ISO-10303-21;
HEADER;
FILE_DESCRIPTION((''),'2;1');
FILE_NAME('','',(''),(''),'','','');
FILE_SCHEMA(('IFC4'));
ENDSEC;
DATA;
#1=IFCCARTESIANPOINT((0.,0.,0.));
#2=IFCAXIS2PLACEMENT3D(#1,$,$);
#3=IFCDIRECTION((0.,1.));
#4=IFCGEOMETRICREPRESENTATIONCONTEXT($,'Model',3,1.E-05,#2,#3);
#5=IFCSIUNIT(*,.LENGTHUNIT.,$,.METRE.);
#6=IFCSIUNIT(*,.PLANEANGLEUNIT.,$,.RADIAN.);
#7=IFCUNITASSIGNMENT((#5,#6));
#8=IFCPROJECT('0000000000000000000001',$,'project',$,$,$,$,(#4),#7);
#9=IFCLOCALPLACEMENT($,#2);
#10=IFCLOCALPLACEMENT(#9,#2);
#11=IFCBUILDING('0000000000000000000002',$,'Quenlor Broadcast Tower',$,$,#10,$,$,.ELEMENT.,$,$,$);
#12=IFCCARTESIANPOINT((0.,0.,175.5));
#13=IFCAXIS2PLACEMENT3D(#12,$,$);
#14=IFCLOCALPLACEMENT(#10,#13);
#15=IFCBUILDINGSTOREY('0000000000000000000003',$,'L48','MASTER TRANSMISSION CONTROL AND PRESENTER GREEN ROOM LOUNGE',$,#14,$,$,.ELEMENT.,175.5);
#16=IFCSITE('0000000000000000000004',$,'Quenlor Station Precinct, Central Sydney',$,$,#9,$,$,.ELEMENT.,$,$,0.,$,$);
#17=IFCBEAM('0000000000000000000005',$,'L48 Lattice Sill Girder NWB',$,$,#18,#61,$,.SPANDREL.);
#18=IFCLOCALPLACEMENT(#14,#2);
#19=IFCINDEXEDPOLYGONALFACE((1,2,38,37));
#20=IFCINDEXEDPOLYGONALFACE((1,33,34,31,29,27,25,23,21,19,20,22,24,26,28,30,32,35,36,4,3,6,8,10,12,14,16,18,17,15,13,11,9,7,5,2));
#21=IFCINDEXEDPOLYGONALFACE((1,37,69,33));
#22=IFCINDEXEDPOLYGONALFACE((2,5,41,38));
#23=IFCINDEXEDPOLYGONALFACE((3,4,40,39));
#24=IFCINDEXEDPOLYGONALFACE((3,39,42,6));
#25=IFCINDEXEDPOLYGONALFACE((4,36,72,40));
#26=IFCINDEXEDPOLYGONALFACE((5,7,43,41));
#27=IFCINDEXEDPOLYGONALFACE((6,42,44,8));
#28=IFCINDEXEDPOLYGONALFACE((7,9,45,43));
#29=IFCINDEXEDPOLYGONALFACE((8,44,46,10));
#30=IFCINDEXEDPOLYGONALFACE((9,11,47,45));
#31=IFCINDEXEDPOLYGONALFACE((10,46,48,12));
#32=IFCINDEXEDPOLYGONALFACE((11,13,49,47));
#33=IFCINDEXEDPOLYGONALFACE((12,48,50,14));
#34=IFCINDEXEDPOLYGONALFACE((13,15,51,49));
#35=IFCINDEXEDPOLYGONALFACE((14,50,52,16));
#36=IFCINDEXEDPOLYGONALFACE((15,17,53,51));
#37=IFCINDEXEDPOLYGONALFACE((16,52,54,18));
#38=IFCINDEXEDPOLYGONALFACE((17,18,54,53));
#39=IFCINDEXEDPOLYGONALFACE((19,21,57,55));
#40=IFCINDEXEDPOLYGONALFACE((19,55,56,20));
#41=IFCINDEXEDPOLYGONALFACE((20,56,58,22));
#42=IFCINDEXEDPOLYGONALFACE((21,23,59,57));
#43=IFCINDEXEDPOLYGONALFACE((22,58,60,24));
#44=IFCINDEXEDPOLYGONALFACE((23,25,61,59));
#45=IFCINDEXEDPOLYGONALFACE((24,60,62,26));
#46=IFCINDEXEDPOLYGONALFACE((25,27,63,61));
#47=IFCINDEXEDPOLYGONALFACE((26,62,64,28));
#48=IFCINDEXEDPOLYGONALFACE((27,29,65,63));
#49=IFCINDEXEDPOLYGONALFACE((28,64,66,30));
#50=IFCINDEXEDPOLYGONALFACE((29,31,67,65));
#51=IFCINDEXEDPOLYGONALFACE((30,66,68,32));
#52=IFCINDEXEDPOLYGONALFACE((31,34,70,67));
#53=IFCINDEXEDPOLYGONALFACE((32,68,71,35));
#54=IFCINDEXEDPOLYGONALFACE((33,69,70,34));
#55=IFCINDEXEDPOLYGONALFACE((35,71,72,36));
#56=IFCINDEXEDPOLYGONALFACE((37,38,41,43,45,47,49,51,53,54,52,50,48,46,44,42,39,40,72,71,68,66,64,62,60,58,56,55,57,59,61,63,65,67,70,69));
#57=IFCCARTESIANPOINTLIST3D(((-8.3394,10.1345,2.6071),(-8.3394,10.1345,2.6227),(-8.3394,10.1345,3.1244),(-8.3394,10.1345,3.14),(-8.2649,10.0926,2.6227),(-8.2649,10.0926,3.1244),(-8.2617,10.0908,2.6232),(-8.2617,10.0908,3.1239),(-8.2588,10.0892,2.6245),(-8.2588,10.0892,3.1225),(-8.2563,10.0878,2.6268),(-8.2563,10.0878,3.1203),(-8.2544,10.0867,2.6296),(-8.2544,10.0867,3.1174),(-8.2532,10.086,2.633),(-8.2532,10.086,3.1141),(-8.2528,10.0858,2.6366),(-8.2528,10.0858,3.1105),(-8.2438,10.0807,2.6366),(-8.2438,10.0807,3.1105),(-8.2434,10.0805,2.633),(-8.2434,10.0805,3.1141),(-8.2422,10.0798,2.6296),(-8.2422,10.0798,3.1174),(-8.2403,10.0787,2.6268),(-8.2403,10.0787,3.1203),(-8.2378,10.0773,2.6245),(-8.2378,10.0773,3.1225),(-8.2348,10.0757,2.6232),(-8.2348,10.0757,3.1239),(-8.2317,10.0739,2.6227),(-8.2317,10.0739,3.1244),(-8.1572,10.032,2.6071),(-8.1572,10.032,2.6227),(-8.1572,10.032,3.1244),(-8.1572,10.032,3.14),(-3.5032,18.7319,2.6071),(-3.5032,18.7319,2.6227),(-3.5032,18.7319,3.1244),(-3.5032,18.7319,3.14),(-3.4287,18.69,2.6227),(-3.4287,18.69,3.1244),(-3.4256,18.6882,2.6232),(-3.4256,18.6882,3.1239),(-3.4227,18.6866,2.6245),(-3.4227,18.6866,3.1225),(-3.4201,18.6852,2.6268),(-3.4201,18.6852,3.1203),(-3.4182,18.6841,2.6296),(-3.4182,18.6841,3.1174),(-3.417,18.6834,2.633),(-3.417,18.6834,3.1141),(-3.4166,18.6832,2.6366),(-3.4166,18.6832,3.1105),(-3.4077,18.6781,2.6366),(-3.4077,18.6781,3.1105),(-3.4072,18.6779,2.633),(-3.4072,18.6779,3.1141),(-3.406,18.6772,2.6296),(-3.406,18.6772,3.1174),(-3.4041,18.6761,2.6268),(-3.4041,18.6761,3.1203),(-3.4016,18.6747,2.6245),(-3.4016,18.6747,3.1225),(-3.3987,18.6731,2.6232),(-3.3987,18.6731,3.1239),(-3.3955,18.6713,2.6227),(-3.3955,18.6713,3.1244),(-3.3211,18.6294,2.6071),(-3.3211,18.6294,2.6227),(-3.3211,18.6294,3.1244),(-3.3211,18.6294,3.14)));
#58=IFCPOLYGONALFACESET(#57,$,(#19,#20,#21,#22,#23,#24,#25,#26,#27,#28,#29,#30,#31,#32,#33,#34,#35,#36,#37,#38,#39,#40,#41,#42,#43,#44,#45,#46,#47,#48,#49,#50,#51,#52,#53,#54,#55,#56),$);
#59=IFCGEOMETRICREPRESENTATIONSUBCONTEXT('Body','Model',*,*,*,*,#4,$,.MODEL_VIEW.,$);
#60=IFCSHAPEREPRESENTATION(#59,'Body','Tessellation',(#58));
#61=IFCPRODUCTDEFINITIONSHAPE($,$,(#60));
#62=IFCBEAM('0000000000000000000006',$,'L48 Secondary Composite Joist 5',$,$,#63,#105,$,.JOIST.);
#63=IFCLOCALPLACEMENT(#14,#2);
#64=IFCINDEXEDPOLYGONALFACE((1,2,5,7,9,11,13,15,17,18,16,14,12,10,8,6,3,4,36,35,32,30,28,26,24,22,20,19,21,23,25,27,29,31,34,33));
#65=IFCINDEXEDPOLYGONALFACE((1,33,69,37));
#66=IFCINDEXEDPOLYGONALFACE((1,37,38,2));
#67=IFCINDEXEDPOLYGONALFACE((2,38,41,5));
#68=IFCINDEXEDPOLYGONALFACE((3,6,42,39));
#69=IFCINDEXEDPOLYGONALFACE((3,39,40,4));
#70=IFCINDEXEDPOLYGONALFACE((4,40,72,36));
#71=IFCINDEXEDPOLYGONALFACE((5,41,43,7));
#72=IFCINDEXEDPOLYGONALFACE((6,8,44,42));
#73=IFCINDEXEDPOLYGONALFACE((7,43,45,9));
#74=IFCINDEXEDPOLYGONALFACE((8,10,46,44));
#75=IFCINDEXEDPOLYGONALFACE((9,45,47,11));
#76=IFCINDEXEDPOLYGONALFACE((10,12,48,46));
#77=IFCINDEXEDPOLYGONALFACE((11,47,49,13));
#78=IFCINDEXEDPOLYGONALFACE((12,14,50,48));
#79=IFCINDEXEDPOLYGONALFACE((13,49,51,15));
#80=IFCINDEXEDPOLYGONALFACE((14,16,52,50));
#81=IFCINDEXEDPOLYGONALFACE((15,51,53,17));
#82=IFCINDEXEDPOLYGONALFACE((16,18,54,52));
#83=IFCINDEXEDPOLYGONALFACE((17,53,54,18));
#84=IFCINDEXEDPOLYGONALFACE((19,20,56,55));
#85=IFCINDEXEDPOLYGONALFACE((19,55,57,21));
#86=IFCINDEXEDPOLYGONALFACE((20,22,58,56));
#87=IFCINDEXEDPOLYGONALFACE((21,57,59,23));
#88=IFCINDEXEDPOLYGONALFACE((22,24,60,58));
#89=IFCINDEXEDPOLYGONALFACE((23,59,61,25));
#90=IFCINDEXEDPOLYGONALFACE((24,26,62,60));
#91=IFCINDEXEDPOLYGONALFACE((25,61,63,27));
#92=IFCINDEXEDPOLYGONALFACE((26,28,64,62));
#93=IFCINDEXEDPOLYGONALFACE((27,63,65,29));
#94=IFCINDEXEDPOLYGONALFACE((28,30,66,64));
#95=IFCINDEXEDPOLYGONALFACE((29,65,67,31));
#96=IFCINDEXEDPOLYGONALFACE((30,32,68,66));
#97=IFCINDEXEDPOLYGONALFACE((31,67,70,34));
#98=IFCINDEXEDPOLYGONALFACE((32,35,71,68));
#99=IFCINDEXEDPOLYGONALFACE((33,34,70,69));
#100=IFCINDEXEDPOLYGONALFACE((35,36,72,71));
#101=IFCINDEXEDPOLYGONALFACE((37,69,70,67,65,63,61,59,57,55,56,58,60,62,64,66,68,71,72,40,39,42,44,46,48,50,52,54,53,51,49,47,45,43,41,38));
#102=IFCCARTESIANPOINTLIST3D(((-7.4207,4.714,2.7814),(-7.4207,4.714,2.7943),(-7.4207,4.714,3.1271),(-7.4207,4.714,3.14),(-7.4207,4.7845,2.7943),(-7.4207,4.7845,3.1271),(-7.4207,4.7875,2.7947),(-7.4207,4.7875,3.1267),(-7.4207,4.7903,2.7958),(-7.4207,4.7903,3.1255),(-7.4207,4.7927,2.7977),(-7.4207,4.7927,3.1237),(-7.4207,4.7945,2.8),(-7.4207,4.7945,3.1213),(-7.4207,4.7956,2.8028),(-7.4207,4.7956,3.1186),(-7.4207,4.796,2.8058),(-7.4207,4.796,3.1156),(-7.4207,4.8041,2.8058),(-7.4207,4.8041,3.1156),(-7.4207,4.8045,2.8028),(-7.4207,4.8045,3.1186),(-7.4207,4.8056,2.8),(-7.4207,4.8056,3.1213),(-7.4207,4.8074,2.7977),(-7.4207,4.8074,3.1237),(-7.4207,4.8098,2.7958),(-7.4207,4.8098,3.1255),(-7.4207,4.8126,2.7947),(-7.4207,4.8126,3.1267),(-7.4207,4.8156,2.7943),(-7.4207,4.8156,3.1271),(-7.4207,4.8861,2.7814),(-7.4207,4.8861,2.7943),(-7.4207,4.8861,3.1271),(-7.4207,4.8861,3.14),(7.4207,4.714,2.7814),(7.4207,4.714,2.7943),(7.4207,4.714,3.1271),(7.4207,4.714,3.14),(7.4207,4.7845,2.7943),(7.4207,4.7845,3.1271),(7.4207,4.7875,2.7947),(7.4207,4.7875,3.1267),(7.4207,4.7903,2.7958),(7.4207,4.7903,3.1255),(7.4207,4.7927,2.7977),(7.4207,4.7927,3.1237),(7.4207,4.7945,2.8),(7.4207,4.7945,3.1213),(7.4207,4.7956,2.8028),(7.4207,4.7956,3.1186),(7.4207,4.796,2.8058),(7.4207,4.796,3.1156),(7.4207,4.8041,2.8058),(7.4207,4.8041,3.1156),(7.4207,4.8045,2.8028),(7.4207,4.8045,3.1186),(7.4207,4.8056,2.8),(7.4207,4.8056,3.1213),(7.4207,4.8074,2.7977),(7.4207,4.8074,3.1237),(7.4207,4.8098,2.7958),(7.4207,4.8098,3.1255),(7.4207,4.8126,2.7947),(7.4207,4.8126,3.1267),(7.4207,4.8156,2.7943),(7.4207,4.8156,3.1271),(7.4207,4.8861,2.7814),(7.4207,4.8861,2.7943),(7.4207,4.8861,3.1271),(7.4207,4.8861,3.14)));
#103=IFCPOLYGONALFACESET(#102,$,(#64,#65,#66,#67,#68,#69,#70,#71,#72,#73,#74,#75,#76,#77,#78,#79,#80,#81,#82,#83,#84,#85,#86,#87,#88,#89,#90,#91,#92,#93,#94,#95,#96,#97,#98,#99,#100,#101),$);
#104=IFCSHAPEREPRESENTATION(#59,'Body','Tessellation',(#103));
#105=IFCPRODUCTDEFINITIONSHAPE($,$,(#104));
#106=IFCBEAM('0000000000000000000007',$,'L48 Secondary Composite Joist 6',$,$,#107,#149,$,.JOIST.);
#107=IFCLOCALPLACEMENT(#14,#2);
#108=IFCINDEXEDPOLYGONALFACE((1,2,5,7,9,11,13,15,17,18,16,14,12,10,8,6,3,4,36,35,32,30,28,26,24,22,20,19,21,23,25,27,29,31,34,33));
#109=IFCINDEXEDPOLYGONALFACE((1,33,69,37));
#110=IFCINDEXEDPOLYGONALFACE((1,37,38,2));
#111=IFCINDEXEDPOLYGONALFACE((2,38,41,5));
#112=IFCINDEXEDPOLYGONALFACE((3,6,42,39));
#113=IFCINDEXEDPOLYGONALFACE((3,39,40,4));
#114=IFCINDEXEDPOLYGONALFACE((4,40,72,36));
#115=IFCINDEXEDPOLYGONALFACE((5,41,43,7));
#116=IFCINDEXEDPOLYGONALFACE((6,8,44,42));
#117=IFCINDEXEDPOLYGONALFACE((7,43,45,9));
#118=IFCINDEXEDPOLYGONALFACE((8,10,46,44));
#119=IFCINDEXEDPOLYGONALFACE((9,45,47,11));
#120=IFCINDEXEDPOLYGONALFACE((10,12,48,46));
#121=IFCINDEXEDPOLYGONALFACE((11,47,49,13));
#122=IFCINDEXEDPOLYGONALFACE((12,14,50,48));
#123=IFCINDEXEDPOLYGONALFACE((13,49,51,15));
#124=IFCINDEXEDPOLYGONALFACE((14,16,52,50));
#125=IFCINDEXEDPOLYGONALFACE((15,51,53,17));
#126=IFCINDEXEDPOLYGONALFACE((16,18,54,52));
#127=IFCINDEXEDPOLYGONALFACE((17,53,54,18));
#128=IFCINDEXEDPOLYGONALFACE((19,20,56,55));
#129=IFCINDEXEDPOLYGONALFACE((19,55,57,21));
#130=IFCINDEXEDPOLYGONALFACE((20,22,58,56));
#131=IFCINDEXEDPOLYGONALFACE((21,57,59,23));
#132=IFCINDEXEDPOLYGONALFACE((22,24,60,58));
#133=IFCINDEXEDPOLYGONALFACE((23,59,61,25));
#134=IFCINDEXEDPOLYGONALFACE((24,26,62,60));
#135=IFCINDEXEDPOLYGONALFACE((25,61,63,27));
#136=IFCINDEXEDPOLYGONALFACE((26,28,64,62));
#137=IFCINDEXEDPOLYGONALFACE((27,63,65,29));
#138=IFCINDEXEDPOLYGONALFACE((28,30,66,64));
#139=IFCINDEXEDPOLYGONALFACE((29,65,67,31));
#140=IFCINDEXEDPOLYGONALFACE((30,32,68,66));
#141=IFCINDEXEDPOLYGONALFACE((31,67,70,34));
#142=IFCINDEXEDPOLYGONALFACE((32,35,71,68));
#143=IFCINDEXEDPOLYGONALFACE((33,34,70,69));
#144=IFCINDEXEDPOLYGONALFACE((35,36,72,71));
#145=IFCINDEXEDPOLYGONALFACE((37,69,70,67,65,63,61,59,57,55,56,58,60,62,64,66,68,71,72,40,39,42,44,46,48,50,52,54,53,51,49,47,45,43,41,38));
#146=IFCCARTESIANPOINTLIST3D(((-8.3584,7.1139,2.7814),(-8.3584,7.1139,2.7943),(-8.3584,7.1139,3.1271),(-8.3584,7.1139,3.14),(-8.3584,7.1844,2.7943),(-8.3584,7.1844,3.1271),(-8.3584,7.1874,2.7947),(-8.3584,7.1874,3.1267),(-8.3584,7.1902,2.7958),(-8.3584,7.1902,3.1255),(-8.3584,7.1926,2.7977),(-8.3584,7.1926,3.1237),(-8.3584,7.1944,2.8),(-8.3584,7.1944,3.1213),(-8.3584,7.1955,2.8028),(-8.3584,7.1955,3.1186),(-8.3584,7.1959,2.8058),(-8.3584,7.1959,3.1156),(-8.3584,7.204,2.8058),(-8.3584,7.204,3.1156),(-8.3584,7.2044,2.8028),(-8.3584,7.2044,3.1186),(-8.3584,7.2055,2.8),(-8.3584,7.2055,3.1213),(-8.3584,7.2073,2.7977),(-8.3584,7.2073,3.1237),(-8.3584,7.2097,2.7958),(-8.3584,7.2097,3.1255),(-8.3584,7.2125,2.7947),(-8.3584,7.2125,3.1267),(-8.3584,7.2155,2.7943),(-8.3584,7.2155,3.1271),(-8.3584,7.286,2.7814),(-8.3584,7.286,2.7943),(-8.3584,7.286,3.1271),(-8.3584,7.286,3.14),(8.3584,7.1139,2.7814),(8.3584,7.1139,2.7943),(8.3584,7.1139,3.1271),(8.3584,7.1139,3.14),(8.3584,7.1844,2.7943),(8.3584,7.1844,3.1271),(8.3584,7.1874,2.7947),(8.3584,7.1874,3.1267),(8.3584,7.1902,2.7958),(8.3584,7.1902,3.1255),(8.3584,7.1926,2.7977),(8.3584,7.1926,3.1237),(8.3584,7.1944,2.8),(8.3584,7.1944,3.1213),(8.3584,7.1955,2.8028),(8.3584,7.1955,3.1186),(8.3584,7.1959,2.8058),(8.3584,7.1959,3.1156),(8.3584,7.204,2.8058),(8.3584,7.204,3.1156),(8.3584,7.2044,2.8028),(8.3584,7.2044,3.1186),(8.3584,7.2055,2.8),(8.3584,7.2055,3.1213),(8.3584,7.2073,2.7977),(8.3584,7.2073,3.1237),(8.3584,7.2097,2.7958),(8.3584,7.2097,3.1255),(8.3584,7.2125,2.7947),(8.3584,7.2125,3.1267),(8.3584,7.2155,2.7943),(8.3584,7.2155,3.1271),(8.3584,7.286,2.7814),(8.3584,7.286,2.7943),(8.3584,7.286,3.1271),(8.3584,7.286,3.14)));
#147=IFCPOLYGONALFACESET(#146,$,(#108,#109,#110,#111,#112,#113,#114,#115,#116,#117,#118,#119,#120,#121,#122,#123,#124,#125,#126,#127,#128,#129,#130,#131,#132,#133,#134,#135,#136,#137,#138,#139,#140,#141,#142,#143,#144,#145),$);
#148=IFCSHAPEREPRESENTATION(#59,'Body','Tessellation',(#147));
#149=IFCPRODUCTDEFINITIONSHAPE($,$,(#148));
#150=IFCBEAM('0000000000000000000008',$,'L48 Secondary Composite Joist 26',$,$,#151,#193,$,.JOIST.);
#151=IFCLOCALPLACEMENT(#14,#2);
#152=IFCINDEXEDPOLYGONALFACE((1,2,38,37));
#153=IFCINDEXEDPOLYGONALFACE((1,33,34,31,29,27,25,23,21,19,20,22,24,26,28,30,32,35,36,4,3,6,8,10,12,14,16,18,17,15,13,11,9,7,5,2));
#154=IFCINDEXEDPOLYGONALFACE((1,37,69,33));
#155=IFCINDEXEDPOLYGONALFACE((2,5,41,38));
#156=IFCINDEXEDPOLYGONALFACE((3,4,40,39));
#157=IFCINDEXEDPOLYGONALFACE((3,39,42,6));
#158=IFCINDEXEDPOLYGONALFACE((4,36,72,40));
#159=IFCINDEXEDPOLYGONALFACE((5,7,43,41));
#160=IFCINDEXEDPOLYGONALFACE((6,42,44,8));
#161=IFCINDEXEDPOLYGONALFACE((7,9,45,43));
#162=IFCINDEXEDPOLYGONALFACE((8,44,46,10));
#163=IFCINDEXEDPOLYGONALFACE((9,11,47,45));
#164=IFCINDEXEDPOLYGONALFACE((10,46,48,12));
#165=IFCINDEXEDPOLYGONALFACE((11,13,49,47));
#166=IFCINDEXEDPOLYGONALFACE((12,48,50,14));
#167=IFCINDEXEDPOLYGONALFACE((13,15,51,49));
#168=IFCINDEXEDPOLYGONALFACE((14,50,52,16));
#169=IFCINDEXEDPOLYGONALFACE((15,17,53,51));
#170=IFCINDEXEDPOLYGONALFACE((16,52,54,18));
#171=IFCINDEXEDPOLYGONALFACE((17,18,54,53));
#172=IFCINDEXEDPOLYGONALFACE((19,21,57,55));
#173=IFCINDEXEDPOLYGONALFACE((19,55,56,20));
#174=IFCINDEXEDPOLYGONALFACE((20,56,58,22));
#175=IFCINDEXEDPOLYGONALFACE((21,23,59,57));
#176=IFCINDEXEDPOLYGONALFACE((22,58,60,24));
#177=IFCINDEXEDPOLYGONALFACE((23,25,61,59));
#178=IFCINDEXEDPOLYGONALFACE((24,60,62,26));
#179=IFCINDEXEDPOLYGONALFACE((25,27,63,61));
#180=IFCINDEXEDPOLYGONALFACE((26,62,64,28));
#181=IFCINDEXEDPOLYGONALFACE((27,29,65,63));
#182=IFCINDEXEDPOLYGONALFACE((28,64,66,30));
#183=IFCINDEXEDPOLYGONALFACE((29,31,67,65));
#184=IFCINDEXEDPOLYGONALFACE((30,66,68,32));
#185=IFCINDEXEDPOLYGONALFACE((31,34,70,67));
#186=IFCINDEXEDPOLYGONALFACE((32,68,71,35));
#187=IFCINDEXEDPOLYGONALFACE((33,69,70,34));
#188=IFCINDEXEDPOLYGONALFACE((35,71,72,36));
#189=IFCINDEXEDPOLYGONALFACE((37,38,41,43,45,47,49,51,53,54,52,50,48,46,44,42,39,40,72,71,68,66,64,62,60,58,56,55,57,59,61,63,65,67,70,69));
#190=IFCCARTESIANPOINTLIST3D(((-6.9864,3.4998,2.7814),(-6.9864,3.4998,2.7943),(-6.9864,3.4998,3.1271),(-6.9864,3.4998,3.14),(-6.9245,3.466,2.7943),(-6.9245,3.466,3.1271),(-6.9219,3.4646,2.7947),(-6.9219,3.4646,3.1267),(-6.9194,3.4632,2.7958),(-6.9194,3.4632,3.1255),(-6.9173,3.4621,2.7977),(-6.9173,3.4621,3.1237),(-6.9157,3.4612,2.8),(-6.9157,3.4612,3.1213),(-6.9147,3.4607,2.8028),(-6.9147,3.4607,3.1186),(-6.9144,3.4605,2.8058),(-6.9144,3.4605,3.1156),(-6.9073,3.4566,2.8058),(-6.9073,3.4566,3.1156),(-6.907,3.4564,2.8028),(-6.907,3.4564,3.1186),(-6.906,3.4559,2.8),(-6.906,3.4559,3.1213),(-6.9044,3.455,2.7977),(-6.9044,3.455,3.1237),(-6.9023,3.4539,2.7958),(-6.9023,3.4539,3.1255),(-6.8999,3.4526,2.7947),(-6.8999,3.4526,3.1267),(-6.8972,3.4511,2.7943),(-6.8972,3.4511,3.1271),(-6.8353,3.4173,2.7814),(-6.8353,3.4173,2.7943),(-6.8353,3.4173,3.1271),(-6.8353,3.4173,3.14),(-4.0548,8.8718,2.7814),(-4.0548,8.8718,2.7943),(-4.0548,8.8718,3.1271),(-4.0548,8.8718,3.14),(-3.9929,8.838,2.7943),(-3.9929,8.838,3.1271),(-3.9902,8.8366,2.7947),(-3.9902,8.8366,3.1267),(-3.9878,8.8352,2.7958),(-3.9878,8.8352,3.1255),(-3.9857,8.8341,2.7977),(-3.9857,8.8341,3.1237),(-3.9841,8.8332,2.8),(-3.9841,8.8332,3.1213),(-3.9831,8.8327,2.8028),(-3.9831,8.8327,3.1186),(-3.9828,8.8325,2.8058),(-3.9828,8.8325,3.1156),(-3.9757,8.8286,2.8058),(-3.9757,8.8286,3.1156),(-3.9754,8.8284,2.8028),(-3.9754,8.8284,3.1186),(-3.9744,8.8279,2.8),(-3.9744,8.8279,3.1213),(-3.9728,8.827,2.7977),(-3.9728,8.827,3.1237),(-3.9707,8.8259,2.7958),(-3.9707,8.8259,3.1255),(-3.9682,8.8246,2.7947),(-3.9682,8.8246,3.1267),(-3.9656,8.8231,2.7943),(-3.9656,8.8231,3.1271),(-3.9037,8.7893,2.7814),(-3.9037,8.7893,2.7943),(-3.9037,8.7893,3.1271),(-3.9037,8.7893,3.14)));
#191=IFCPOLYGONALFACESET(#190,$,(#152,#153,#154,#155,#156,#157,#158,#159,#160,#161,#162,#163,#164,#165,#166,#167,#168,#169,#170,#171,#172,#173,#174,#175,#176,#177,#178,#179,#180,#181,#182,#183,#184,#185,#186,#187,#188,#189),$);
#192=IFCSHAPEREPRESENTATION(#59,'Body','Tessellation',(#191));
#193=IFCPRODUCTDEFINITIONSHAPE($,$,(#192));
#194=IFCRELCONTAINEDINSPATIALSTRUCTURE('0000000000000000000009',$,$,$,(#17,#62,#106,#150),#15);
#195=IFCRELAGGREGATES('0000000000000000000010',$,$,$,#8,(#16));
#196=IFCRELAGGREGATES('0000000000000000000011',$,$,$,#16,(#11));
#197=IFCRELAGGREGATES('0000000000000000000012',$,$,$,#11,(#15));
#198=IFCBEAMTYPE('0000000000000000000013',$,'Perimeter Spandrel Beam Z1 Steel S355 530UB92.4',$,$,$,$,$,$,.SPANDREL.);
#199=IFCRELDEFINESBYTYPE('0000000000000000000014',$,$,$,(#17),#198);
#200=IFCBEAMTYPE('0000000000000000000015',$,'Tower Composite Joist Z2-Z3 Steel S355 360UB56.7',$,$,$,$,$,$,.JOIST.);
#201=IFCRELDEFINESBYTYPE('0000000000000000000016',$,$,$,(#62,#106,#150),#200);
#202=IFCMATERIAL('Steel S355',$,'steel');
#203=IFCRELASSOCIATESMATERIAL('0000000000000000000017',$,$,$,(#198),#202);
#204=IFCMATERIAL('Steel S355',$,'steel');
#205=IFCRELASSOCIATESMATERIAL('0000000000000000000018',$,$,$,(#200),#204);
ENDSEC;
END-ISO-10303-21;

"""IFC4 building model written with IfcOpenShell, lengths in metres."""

from ifc_helpers import new_model, si_unit, direction, frame, origin, origin_2d, place, context, subcontext, project, spatial, i_section, extrude, material, material_profile, profile_set, type_object, element, save


model = new_model("IFC4")

# Units and contexts
model_context = context("Model", 3, precision=1e-05, world=origin(), true_north=direction((0.0, 1.0)))
body_context = subcontext(model_context, "Body", "Model", "MODEL_VIEW")
ifc_project = project(units=[si_unit("LENGTHUNIT", "METRE"), si_unit("PLANEANGLEUNIT", "RADIAN")], contexts=[model_context])

# Site, building, storey
site_placement = place(None, origin())
site = spatial("IfcSite", under=ifc_project, at=site_placement, Name="Quenlor Station Precinct, Central Sydney", CompositionType="ELEMENT", RefElevation=0.0)
building_placement = place(site_placement, origin())
building = spatial("IfcBuilding", under=site, at=building_placement, Name="Quenlor Broadcast Tower", CompositionType="ELEMENT")
storey_placement = place(building_placement, frame((0.0, 0.0, 175.5)))
storey = spatial("IfcBuildingStorey", under=building, at=storey_placement, Name="L48", Description="MASTER TRANSMISSION CONTROL AND PRESENTER GREEN ROOM LOUNGE", CompositionType="ELEMENT", Elevation=175.5)

# Beams
ifc_material_1 = material(Name="Steel S355", Category="steel")
ifc_material_profile_1 = material_profile(ifc_material_1, i_section(OverallWidth=0.209, OverallDepth=0.533, WebThickness=0.0103, FlangeThickness=0.0156, FilletRadius=0.0139, at=origin_2d()))
ifc_profile_set_1 = profile_set([ifc_material_profile_1], Name="Steel S355 530UB92.4")
beam_type_1 = type_object("IfcBeamType", Name="Perimeter Spandrel Beam Z1 Steel S355 530UB92.4", PredefinedType="SPANDREL", material=ifc_profile_set_1)
beam_1_placement = place(storey_placement, frame((-8.2483, 10.0833, 2.8735), z_axis=(0.490272, 0.87157, 0.0), x_axis=(-0.87157, 0.490272, 0.0)))
element("IfcBeam", 1, at=beam_1_placement, inside=storey, type_object=beam_type_1, Name="L48 Lattice Sill Girder NWB", PredefinedType="SPANDREL", context=body_context, shape_type="SweptSolid", body=[
    extrude(i_section(OverallWidth=0.209, OverallDepth=0.533, WebThickness=0.0103, FlangeThickness=0.0156, FilletRadius=0.0139, at=origin_2d()), origin(), (0.0, 0.0, 1.0), 9.8643),
])
ifc_material_2 = material(Name="Steel S355", Category="steel")
ifc_material_profile_2 = material_profile(ifc_material_2, i_section(OverallWidth=0.1721, OverallDepth=0.3586, WebThickness=0.0081, FlangeThickness=0.0129, FilletRadius=0.0115, at=origin_2d()))
ifc_profile_set_2 = profile_set([ifc_material_profile_2], Name="Steel S355 360UB56.7")
beam_type_2 = type_object("IfcBeamType", Name="Tower Composite Joist Z2-Z3 Steel S355 360UB56.7", PredefinedType="JOIST", material=ifc_profile_set_2)
beam_2_placement = place(storey_placement, frame((-7.4207, 4.8, 2.9607), z_axis=(1.0, 0.0, 0.0), x_axis=(0.0, 1.0, 0.0)))
element("IfcBeam", 2, at=beam_2_placement, inside=storey, type_object=beam_type_2, Name="L48 Secondary Composite Joist 5", PredefinedType="JOIST", context=body_context, shape_type="SweptSolid", body=[
    extrude(i_section(OverallWidth=0.1721, OverallDepth=0.3586, WebThickness=0.0081, FlangeThickness=0.0129, FilletRadius=0.0115, at=origin_2d()), origin(), (0.0, 0.0, 1.0), 14.8413),
])
beam_3_placement = place(storey_placement, frame((-8.3584, 7.2, 2.9607), z_axis=(1.0, 0.0, 0.0), x_axis=(0.0, 1.0, 0.0)))
element("IfcBeam", 3, at=beam_3_placement, inside=storey, type_object=beam_type_2, Name="L48 Secondary Composite Joist 6", PredefinedType="JOIST", context=body_context, shape_type="SweptSolid", body=[
    extrude(i_section(OverallWidth=0.1721, OverallDepth=0.3586, WebThickness=0.0081, FlangeThickness=0.0129, FilletRadius=0.0115, at=origin_2d()), origin(), (0.0, 0.0, 1.0), 16.7168),
])
beam_4_placement = place(storey_placement, frame((-3.9792, 8.8306, 2.9607), z_axis=(-0.479031, -0.877798, 0.0), x_axis=(0.877798, -0.479031, 0.0)))
element("IfcBeam", 4, at=beam_4_placement, inside=storey, type_object=beam_type_2, Name="L48 Secondary Composite Joist 26", PredefinedType="JOIST", context=body_context, shape_type="SweptSolid", body=[
    extrude(i_section(OverallWidth=0.1721, OverallDepth=0.3586, WebThickness=0.0081, FlangeThickness=0.0129, FilletRadius=0.0115, at=origin_2d()), origin(), (0.0, 0.0, 1.0), 6.1199),
])

save(model, "model.ifc")
